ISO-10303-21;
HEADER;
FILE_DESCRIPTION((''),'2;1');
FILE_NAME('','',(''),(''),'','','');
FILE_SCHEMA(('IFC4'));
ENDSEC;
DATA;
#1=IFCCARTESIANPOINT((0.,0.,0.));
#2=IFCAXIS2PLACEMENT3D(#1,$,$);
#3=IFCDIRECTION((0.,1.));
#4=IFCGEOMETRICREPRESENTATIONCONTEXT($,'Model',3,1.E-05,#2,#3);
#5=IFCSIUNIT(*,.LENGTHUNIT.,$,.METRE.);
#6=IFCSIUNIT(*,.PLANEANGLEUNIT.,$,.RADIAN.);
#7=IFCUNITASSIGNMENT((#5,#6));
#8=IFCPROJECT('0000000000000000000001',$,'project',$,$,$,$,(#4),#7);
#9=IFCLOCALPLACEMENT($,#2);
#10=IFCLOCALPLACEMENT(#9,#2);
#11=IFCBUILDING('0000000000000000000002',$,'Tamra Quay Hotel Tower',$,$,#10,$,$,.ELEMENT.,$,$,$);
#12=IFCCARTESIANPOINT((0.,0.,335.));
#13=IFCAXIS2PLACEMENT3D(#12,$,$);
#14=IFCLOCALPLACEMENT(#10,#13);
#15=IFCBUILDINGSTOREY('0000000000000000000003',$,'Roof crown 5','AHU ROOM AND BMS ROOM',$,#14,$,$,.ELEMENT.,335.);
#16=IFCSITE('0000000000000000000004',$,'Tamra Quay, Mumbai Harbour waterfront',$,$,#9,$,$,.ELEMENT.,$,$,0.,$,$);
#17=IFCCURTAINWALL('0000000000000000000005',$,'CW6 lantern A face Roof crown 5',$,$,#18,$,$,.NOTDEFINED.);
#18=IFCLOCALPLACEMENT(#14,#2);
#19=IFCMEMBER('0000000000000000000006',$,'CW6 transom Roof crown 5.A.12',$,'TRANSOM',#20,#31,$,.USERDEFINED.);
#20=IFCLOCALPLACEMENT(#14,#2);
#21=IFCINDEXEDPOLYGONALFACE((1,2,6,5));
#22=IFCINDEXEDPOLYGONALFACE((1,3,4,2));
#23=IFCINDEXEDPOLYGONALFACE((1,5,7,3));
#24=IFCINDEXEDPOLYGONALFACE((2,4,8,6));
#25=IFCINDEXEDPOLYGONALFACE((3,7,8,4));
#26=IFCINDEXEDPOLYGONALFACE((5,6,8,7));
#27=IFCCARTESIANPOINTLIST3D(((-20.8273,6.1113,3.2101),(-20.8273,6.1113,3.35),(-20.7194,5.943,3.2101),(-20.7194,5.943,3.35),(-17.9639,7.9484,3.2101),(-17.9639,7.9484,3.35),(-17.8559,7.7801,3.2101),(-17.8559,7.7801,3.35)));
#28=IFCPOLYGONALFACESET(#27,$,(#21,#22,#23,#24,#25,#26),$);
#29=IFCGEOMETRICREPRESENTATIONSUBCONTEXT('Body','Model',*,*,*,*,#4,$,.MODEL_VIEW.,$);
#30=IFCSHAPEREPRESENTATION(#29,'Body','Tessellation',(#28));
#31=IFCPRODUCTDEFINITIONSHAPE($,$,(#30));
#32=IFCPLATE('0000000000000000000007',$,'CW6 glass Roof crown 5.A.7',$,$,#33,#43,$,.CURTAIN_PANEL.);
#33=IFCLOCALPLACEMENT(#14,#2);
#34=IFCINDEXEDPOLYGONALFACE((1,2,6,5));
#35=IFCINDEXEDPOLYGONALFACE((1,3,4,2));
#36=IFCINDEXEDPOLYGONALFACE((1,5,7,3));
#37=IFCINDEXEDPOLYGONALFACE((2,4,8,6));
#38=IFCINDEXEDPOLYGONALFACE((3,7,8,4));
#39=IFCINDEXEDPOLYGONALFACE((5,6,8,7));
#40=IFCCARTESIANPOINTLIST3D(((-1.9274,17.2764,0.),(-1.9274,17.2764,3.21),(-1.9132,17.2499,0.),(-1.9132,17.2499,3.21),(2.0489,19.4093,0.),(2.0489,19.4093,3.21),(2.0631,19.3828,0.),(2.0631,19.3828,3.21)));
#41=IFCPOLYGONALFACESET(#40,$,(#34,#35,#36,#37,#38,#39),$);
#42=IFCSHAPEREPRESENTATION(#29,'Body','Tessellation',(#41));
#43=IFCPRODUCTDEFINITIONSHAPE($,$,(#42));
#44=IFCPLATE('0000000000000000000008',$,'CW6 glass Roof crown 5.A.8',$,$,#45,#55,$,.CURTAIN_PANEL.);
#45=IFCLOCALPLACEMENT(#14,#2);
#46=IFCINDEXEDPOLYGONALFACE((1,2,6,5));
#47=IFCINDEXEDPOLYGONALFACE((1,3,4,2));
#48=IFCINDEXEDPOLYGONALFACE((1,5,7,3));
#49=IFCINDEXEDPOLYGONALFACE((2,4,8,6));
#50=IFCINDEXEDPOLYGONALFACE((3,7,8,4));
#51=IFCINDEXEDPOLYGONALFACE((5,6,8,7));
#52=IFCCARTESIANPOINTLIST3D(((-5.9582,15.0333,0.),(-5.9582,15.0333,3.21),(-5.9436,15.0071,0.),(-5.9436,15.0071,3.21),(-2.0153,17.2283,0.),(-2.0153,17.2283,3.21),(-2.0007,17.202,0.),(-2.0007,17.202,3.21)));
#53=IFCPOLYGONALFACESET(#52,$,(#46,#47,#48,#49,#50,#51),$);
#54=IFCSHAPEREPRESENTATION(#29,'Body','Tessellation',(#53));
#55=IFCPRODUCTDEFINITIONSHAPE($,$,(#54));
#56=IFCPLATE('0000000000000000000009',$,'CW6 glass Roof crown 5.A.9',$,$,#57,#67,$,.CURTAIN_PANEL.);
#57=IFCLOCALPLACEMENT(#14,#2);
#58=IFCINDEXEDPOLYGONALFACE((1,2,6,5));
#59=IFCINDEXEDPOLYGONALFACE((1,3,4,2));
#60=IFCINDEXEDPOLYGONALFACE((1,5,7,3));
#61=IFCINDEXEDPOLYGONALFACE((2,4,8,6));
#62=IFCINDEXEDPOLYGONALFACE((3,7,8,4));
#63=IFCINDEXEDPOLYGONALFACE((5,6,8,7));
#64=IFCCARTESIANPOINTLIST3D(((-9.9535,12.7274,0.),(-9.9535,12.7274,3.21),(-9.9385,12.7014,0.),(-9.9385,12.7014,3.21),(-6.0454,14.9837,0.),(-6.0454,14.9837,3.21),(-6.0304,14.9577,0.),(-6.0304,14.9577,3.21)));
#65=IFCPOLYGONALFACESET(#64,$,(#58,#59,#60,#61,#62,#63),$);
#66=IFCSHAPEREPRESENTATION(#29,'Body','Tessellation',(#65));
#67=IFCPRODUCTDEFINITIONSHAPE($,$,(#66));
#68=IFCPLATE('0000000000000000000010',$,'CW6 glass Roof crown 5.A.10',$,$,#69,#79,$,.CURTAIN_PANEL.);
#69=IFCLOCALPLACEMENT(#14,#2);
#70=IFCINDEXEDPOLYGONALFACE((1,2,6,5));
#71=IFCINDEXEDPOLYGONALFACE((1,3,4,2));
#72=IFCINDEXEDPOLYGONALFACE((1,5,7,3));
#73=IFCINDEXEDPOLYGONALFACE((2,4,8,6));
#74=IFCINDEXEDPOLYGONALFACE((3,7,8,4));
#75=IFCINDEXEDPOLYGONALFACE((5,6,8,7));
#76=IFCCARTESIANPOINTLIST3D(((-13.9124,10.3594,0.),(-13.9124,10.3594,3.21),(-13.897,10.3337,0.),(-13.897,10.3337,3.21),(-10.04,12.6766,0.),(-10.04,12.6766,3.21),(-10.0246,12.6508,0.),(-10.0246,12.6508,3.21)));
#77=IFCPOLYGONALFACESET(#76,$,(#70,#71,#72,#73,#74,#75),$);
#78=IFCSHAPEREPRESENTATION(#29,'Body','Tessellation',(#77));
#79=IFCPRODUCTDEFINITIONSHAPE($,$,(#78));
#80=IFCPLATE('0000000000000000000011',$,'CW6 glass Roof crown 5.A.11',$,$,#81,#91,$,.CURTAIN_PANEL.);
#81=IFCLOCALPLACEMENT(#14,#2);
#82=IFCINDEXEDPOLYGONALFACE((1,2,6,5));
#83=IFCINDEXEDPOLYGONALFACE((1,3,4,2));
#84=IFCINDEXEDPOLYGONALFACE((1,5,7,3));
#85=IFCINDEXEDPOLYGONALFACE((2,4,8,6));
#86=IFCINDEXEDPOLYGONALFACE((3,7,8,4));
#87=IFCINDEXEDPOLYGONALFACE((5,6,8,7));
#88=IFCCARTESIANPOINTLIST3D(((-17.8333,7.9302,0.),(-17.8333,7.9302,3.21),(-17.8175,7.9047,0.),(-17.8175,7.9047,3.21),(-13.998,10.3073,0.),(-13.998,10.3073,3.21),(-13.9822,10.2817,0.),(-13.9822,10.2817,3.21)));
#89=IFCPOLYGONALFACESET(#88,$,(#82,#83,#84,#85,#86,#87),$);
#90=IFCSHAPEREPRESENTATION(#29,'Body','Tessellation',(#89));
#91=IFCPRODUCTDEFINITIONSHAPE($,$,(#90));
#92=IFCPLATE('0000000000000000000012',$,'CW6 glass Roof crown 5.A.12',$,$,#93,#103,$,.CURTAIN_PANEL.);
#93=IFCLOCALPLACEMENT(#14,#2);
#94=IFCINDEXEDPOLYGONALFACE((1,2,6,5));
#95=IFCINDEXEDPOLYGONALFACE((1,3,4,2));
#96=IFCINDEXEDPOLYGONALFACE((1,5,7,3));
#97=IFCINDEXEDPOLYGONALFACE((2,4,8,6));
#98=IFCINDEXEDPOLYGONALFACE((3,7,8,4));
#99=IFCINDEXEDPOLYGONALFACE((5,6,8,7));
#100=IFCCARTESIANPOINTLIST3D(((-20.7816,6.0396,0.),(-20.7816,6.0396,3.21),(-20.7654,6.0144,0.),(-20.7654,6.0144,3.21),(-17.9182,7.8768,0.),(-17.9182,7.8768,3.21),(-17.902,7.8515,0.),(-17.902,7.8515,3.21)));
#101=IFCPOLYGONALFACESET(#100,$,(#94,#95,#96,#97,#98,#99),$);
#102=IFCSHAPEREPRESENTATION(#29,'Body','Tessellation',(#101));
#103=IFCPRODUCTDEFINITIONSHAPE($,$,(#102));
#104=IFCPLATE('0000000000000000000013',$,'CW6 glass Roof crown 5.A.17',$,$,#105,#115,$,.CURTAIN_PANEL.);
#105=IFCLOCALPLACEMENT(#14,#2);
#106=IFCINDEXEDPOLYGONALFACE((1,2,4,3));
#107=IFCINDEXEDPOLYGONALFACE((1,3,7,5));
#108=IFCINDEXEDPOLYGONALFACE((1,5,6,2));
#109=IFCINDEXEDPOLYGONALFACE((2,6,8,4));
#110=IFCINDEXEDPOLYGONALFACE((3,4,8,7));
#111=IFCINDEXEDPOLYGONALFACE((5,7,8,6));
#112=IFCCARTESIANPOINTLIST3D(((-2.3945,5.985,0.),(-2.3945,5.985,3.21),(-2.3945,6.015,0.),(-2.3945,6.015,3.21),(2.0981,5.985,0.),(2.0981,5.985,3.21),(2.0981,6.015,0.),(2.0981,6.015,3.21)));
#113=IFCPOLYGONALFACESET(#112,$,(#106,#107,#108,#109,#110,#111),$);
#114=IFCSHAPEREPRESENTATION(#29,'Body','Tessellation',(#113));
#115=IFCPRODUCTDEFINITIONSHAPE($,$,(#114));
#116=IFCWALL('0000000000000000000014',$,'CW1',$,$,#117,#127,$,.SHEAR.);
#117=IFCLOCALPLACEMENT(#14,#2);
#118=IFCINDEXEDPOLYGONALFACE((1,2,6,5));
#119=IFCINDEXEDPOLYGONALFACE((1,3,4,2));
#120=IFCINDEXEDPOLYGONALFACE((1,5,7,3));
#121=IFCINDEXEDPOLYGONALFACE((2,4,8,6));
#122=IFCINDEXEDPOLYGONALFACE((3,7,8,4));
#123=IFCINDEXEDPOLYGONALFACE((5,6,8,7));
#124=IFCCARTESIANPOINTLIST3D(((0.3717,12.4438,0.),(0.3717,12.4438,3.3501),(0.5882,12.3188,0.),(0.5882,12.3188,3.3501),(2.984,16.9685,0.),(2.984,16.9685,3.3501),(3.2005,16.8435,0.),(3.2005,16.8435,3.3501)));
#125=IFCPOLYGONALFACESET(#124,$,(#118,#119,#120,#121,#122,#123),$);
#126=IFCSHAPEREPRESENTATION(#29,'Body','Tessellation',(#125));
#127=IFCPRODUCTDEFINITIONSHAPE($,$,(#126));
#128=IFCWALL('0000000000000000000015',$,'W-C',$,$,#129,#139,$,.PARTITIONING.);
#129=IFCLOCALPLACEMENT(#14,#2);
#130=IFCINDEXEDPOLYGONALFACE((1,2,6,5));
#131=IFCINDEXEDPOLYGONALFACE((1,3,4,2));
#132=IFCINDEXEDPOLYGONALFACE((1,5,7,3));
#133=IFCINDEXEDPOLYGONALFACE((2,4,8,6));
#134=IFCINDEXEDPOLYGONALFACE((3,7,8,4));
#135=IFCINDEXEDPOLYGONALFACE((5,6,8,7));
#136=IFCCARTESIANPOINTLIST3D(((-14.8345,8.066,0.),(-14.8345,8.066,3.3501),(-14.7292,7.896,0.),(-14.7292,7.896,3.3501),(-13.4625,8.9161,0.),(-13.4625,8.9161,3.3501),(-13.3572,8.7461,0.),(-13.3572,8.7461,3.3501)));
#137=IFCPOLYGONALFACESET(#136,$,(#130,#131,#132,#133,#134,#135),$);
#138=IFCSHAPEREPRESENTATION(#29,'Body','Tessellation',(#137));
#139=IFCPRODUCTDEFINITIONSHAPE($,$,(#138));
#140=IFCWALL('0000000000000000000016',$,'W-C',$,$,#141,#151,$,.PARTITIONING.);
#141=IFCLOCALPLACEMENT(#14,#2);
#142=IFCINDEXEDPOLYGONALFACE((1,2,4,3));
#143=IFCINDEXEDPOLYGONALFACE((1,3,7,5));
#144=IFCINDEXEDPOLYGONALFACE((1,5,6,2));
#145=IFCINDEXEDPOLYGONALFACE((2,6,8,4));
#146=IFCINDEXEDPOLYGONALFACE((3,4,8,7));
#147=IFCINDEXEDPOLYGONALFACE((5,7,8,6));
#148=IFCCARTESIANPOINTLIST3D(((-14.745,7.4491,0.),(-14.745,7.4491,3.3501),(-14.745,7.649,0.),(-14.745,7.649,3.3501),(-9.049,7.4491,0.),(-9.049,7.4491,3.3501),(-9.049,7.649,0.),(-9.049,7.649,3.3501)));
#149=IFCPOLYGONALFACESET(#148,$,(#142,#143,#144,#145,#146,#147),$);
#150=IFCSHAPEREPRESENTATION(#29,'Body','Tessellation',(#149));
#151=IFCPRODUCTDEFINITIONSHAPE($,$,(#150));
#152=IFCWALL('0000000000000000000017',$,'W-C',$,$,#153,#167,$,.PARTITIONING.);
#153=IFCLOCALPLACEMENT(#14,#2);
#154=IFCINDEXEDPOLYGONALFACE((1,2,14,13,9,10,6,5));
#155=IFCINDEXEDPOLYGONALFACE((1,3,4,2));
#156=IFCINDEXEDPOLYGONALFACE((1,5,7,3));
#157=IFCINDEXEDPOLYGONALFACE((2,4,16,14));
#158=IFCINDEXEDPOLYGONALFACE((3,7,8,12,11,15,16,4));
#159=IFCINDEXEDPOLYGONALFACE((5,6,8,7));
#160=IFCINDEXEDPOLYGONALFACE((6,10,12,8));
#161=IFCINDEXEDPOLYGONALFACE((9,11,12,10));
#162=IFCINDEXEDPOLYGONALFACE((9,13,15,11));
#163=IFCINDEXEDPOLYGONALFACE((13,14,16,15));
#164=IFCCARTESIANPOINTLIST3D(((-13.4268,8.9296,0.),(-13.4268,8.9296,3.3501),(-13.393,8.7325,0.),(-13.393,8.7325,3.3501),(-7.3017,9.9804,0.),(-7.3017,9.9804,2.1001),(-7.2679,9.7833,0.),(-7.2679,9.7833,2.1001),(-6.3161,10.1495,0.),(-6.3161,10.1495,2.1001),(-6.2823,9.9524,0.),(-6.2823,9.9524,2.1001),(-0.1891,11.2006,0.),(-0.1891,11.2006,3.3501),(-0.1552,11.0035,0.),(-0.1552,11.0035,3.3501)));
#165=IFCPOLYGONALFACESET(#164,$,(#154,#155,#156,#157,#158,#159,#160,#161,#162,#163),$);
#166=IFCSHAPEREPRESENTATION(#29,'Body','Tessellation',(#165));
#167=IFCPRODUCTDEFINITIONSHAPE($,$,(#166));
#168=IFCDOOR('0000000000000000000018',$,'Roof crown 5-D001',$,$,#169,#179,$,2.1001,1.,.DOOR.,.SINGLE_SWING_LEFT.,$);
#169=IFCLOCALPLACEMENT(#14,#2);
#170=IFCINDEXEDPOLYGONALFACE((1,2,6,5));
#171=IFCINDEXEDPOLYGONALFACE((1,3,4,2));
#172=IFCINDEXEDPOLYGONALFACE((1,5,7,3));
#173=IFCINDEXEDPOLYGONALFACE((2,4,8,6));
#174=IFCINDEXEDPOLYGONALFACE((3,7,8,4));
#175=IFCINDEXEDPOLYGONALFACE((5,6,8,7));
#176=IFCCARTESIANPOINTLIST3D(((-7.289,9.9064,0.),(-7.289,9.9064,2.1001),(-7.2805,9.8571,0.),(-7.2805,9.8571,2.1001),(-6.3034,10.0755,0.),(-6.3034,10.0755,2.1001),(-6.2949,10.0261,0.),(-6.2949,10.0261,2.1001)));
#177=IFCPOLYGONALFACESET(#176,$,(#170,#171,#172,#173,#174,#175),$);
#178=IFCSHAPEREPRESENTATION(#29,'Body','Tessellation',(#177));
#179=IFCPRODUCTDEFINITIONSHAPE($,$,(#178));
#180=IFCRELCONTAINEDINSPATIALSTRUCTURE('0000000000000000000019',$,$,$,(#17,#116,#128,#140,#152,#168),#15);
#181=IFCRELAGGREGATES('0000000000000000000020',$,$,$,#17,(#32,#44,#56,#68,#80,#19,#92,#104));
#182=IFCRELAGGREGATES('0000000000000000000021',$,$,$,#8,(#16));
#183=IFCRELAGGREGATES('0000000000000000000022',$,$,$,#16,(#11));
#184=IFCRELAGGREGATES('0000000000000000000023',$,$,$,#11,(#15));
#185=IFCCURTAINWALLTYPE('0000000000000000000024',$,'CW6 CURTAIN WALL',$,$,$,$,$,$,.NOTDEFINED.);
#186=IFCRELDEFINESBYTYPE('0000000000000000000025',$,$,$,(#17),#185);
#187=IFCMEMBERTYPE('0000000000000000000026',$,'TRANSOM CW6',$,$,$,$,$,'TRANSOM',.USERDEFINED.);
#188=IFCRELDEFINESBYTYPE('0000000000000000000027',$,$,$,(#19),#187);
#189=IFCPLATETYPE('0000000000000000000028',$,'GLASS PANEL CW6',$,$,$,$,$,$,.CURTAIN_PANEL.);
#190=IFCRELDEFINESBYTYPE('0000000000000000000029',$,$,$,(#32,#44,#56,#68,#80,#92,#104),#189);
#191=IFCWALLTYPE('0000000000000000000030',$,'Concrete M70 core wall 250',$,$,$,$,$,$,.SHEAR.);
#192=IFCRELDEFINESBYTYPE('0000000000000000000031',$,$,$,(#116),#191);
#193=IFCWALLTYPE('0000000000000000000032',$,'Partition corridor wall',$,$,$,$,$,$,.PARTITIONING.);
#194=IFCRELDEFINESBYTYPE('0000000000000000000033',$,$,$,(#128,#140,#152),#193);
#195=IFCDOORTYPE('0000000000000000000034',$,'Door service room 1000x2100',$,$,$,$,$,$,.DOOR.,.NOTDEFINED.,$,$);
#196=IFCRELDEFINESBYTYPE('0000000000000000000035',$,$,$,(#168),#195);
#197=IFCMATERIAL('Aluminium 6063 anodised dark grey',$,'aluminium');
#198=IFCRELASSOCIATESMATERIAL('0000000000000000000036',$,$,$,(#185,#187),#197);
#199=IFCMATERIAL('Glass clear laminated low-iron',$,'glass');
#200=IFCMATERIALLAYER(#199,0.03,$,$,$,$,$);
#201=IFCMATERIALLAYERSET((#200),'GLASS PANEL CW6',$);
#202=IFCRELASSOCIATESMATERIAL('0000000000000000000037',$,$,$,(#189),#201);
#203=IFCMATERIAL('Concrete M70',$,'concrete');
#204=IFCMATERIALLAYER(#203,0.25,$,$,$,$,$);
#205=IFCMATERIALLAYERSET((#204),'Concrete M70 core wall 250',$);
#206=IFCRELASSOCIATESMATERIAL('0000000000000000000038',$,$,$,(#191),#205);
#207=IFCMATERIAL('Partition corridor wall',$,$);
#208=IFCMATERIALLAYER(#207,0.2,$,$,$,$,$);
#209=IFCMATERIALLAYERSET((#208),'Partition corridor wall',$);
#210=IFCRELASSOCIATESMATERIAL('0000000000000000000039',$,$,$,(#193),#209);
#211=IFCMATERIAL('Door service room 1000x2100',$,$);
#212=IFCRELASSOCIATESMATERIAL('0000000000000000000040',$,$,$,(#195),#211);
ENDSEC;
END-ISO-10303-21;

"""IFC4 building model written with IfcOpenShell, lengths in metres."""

from ifc_helpers import new_model, si_unit, direction, frame, frame_2d, origin, origin_2d, place, context, subcontext, project, spatial, rectangle, extrude, material, layer, layer_set, material_profile, profile_set, type_object, element, fill, aggregate, save


model = new_model("IFC4")

# Units and contexts
model_context = context("Model", 3, precision=1e-05, world=origin(), true_north=direction((0.0, 1.0)))
body_context = subcontext(model_context, "Body", "Model", "MODEL_VIEW")
ifc_project = project(units=[si_unit("LENGTHUNIT", "METRE"), si_unit("PLANEANGLEUNIT", "RADIAN")], contexts=[model_context])

# Site, building, storey
site_placement = place(None, origin())
site = spatial("IfcSite", under=ifc_project, at=site_placement, Name="Tamra Quay, Mumbai Harbour waterfront", CompositionType="ELEMENT", RefElevation=0.0)
building_placement = place(site_placement, origin())
building = spatial("IfcBuilding", under=site, at=building_placement, Name="Tamra Quay Hotel Tower", CompositionType="ELEMENT")
storey_placement = place(building_placement, frame((0.0, 0.0, 335.0)))
storey = spatial("IfcBuildingStorey", under=building, at=storey_placement, Name="Roof crown 5", Description="AHU ROOM AND BMS ROOM", CompositionType="ELEMENT", Elevation=335.0)

# Curtain wall, member, plates
ifc_material_1 = material(Name="Aluminium 6063 anodised dark grey", Category="aluminium")
curtain_wall_type = type_object("IfcCurtainWallType", Name="CW6 CURTAIN WALL", PredefinedType="NOTDEFINED", material=ifc_material_1)
curtain_wall_placement = place(storey_placement, origin())
curtain_wall = element("IfcCurtainWall", 1, at=curtain_wall_placement, inside=storey, type_object=curtain_wall_type, Name="CW6 lantern A face Roof crown 5", PredefinedType="NOTDEFINED")
ifc_material_profile_1 = material_profile(ifc_material_1, rectangle(XDim=0.2, YDim=0.1399, at=origin_2d()), Name="TRANSOM 200X140")
ifc_profile_set_1 = profile_set([ifc_material_profile_1], Name="Aluminium 6063 anodised dark grey")
member_type_1 = type_object("IfcMemberType", Name="TRANSOM CW6", ElementType="TRANSOM", PredefinedType="USERDEFINED", material=ifc_profile_set_1)
member_1_placement = place(storey_placement, frame((-17.9099, 7.8643, 3.28), z_axis=(-0.84167, -0.539992, 0.0), x_axis=(0.539992, -0.84167, 0.0)))
member_1 = element("IfcMember", 2, at=member_1_placement, type_object=member_type_1, Name="CW6 transom Roof crown 5.A.12", ObjectType="TRANSOM", PredefinedType="USERDEFINED", context=body_context, shape_type="SweptSolid", body=[
    extrude(rectangle(XDim=0.2, YDim=0.1399, at=origin_2d()), origin(), (0.0, 0.0, 1.0), 3.4021),
])
ifc_material_2 = material(Name="Glass clear laminated low-iron", Category="glass")
ifc_layer_1 = layer(ifc_material_2, 0.03)
ifc_layer_set_1 = layer_set([ifc_layer_1], Name="GLASS PANEL CW6")
plate_type = type_object("IfcPlateType", Name="GLASS PANEL CW6", PredefinedType="CURTAIN_PANEL", material=ifc_layer_set_1)
plate_1_placement = place(storey_placement, frame((0.0679, 18.3296, 0.0), z_axis=(0.0, 0.0, 1.0), x_axis=(-0.881224, -0.4727, 0.0)))
plate_1 = element("IfcPlate", 3, at=plate_1_placement, type_object=plate_type, Name="CW6 glass Roof crown 5.A.7", PredefinedType="CURTAIN_PANEL", context=body_context, shape_type="SweptSolid", body=[
    extrude(rectangle(XDim=4.5122, YDim=0.03, at=origin_2d()), origin(), (0.0, 0.0, 1.0), 3.21),
])
plate_2_placement = place(storey_placement, frame((-3.9795, 16.1177, 0.0), z_axis=(0.0, 0.0, 1.0), x_axis=(-0.873736, -0.486401, 0.0)))
plate_2 = element("IfcPlate", 4, at=plate_2_placement, type_object=plate_type, Name="CW6 glass Roof crown 5.A.8", PredefinedType="CURTAIN_PANEL", context=body_context, shape_type="SweptSolid", body=[
    extrude(rectangle(XDim=4.5127, YDim=0.03, at=origin_2d()), origin(), (0.0, 0.0, 1.0), 3.21),
])
plate_3_placement = place(storey_placement, frame((-7.9919, 13.8425, 0.0), z_axis=(0.0, 0.0, 1.0), x_axis=(-0.866025, -0.5, 0.0)))
plate_3 = element("IfcPlate", 5, at=plate_3_placement, type_object=plate_type, Name="CW6 glass Roof crown 5.A.9", PredefinedType="CURTAIN_PANEL", context=body_context, shape_type="SweptSolid", body=[
    extrude(rectangle(XDim=4.5127, YDim=0.03, at=origin_2d()), origin(), (0.0, 0.0, 1.0), 3.21),
])
plate_4_placement = place(storey_placement, frame((-11.9685, 11.5051, 0.0), z_axis=(0.0, 0.0, 1.0), x_axis=(-0.858104, -0.513477, 0.0)))
plate_4 = element("IfcPlate", 6, at=plate_4_placement, type_object=plate_type, Name="CW6 glass Roof crown 5.A.10", PredefinedType="CURTAIN_PANEL", context=body_context, shape_type="SweptSolid", body=[
    extrude(rectangle(XDim=4.5127, YDim=0.03, at=origin_2d()), origin(), (0.0, 0.0, 1.0), 3.21),
])
plate_5_placement = place(storey_placement, frame((-15.9077, 9.106, 0.0), z_axis=(0.0, 0.0, 1.0), x_axis=(-0.849982, -0.526812, 0.0)))
plate_5 = element("IfcPlate", 7, at=plate_5_placement, type_object=plate_type, Name="CW6 glass Roof crown 5.A.11", PredefinedType="CURTAIN_PANEL", context=body_context, shape_type="SweptSolid", body=[
    extrude(rectangle(XDim=4.5122, YDim=0.03, at=origin_2d()), origin(), (0.0, 0.0, 1.0), 3.21),
])
plate_6_placement = place(storey_placement, frame((-19.3418, 6.9456, 0.0), z_axis=(0.0, 0.0, 1.0), x_axis=(-0.841665, -0.54, 0.0)))
plate_6 = element("IfcPlate", 8, at=plate_6_placement, type_object=plate_type, Name="CW6 glass Roof crown 5.A.12", PredefinedType="CURTAIN_PANEL", context=body_context, shape_type="SweptSolid", body=[
    extrude(rectangle(XDim=3.4021, YDim=0.03, at=origin_2d()), origin(), (0.0, 0.0, 1.0), 3.21),
])
plate_7_placement = place(storey_placement, frame((-0.1482, 6.0, 0.0), z_axis=(0.0, 0.0, 1.0), x_axis=(1.0, 0.0, 0.0)))
plate_7 = element("IfcPlate", 9, at=plate_7_placement, type_object=plate_type, Name="CW6 glass Roof crown 5.A.17", PredefinedType="CURTAIN_PANEL", context=body_context, shape_type="SweptSolid", body=[
    extrude(rectangle(XDim=4.4927, YDim=0.03, at=origin_2d()), origin(), (0.0, 0.0, 1.0), 3.21),
])
aggregate(curtain_wall, [plate_1, plate_2, plate_3, plate_4, plate_5, member_1, plate_6, plate_7])

# Walls
ifc_material_3 = material(Name="Concrete M70", Category="concrete")
ifc_layer_2 = layer(ifc_material_3, 0.25)
ifc_layer_set_2 = layer_set([ifc_layer_2], Name="Concrete M70 core wall 250")
wall_type_1 = type_object("IfcWallType", Name="Concrete M70 core wall 250", PredefinedType="SHEAR", material=ifc_layer_set_2)
wall_1_placement = place(storey_placement, frame((0.48, 12.3813, 0.0), z_axis=(0.0, 0.0, 1.0), x_axis=(0.499999, 0.866026, 0.0)))
element("IfcWall", 10, at=wall_1_placement, inside=storey, type_object=wall_type_1, Name="CW1", PredefinedType="SHEAR", context=body_context, shape_type="SweptSolid", body=[
    extrude(rectangle(XDim=5.2246, YDim=0.25, at=frame_2d((2.6123, 0.0))), origin(), (0.0, 0.0, 1.0), 3.3501),
])
ifc_material_4 = material(Name="Partition corridor wall")
ifc_layer_3 = layer(ifc_material_4, 0.2)
ifc_layer_set_3 = layer_set([ifc_layer_3], Name="Partition corridor wall")
wall_type_2 = type_object("IfcWallType", Name="Partition corridor wall", PredefinedType="PARTITIONING", material=ifc_layer_set_3)
wall_2_placement = place(storey_placement, frame((-14.782, 7.981, 0.0), z_axis=(0.0, 0.0, 1.0), x_axis=(0.850065, 0.526677, 0.0)))
element("IfcWall", 11, at=wall_2_placement, inside=storey, type_object=wall_type_2, Name="W-C", PredefinedType="PARTITIONING", context=body_context, shape_type="SweptSolid", body=[
    extrude(rectangle(XDim=1.614, YDim=0.2, at=frame_2d((0.8071, 0.0))), origin(), (0.0, 0.0, 1.0), 3.3501),
])
wall_3_placement = place(storey_placement, frame((-14.7451, 7.5491, 0.0), z_axis=(0.0, 0.0, 1.0), x_axis=(1.0, 0.0, 0.0)))
element("IfcWall", 12, at=wall_3_placement, inside=storey, type_object=wall_type_2, Name="W-C", PredefinedType="PARTITIONING", context=body_context, shape_type="SweptSolid", body=[
    extrude(rectangle(XDim=5.696, YDim=0.2, at=frame_2d((2.8481, 0.0))), origin(), (0.0, 0.0, 1.0), 3.3501),
])

# Wall, opening, door
wall_4_placement = place(storey_placement, frame((-13.4099, 8.8311, 0.0), z_axis=(0.0, 0.0, 1.0), x_axis=(0.985602, 0.169084, 0.0)))
wall_4 = element("IfcWall", 13, at=wall_4_placement, inside=storey, type_object=wall_type_2, Name="W-C", PredefinedType="PARTITIONING", context=body_context, shape_type="SweptSolid", body=[
    extrude(rectangle(XDim=13.4312, YDim=0.2, at=frame_2d((6.7156, 0.0))), origin(), (0.0, 0.0, 1.0), 3.3501),
])
opening_placement = place(wall_4_placement, frame((6.2146, 0.0, 0.0)))
opening = element("IfcOpeningElement", 14, at=opening_placement, cuts=wall_4, PredefinedType="OPENING", context=body_context, shape_type="SweptSolid", body=[
    extrude(rectangle(XDim=1.0, YDim=2.1001, at=frame_2d((0.5, 1.05))), frame((0.0, 0.1099, 0.0), z_axis=(0.0, -1.0, 0.0), x_axis=(1.0, 0.0, 0.0)), (0.0, 0.0, 1.0), 0.22),
])
ifc_material_5 = material(Name="Door service room 1000x2100")
door_type = type_object("IfcDoorType", Name="Door service room 1000x2100", OperationType="NOTDEFINED", PredefinedType="DOOR", material=ifc_material_5)
door_placement = place(opening_placement, origin())
door = element("IfcDoor", 15, at=door_placement, inside=storey, type_object=door_type, Name="Roof crown 5-D001", OperationType="SINGLE_SWING_LEFT", OverallHeight=2.1001, OverallWidth=1.0, PredefinedType="DOOR", context=body_context, shape_type="SweptSolid", body=[
    extrude(rectangle(XDim=1.0, YDim=2.1001, at=frame_2d((0.5, 1.05))), frame((0.0, 0.0249, 0.0), z_axis=(0.0, -1.0, 0.0), x_axis=(1.0, 0.0, 0.0)), (0.0, 0.0, 1.0), 0.05),
])
fill(opening, door)

save(model, "model.ifc")
